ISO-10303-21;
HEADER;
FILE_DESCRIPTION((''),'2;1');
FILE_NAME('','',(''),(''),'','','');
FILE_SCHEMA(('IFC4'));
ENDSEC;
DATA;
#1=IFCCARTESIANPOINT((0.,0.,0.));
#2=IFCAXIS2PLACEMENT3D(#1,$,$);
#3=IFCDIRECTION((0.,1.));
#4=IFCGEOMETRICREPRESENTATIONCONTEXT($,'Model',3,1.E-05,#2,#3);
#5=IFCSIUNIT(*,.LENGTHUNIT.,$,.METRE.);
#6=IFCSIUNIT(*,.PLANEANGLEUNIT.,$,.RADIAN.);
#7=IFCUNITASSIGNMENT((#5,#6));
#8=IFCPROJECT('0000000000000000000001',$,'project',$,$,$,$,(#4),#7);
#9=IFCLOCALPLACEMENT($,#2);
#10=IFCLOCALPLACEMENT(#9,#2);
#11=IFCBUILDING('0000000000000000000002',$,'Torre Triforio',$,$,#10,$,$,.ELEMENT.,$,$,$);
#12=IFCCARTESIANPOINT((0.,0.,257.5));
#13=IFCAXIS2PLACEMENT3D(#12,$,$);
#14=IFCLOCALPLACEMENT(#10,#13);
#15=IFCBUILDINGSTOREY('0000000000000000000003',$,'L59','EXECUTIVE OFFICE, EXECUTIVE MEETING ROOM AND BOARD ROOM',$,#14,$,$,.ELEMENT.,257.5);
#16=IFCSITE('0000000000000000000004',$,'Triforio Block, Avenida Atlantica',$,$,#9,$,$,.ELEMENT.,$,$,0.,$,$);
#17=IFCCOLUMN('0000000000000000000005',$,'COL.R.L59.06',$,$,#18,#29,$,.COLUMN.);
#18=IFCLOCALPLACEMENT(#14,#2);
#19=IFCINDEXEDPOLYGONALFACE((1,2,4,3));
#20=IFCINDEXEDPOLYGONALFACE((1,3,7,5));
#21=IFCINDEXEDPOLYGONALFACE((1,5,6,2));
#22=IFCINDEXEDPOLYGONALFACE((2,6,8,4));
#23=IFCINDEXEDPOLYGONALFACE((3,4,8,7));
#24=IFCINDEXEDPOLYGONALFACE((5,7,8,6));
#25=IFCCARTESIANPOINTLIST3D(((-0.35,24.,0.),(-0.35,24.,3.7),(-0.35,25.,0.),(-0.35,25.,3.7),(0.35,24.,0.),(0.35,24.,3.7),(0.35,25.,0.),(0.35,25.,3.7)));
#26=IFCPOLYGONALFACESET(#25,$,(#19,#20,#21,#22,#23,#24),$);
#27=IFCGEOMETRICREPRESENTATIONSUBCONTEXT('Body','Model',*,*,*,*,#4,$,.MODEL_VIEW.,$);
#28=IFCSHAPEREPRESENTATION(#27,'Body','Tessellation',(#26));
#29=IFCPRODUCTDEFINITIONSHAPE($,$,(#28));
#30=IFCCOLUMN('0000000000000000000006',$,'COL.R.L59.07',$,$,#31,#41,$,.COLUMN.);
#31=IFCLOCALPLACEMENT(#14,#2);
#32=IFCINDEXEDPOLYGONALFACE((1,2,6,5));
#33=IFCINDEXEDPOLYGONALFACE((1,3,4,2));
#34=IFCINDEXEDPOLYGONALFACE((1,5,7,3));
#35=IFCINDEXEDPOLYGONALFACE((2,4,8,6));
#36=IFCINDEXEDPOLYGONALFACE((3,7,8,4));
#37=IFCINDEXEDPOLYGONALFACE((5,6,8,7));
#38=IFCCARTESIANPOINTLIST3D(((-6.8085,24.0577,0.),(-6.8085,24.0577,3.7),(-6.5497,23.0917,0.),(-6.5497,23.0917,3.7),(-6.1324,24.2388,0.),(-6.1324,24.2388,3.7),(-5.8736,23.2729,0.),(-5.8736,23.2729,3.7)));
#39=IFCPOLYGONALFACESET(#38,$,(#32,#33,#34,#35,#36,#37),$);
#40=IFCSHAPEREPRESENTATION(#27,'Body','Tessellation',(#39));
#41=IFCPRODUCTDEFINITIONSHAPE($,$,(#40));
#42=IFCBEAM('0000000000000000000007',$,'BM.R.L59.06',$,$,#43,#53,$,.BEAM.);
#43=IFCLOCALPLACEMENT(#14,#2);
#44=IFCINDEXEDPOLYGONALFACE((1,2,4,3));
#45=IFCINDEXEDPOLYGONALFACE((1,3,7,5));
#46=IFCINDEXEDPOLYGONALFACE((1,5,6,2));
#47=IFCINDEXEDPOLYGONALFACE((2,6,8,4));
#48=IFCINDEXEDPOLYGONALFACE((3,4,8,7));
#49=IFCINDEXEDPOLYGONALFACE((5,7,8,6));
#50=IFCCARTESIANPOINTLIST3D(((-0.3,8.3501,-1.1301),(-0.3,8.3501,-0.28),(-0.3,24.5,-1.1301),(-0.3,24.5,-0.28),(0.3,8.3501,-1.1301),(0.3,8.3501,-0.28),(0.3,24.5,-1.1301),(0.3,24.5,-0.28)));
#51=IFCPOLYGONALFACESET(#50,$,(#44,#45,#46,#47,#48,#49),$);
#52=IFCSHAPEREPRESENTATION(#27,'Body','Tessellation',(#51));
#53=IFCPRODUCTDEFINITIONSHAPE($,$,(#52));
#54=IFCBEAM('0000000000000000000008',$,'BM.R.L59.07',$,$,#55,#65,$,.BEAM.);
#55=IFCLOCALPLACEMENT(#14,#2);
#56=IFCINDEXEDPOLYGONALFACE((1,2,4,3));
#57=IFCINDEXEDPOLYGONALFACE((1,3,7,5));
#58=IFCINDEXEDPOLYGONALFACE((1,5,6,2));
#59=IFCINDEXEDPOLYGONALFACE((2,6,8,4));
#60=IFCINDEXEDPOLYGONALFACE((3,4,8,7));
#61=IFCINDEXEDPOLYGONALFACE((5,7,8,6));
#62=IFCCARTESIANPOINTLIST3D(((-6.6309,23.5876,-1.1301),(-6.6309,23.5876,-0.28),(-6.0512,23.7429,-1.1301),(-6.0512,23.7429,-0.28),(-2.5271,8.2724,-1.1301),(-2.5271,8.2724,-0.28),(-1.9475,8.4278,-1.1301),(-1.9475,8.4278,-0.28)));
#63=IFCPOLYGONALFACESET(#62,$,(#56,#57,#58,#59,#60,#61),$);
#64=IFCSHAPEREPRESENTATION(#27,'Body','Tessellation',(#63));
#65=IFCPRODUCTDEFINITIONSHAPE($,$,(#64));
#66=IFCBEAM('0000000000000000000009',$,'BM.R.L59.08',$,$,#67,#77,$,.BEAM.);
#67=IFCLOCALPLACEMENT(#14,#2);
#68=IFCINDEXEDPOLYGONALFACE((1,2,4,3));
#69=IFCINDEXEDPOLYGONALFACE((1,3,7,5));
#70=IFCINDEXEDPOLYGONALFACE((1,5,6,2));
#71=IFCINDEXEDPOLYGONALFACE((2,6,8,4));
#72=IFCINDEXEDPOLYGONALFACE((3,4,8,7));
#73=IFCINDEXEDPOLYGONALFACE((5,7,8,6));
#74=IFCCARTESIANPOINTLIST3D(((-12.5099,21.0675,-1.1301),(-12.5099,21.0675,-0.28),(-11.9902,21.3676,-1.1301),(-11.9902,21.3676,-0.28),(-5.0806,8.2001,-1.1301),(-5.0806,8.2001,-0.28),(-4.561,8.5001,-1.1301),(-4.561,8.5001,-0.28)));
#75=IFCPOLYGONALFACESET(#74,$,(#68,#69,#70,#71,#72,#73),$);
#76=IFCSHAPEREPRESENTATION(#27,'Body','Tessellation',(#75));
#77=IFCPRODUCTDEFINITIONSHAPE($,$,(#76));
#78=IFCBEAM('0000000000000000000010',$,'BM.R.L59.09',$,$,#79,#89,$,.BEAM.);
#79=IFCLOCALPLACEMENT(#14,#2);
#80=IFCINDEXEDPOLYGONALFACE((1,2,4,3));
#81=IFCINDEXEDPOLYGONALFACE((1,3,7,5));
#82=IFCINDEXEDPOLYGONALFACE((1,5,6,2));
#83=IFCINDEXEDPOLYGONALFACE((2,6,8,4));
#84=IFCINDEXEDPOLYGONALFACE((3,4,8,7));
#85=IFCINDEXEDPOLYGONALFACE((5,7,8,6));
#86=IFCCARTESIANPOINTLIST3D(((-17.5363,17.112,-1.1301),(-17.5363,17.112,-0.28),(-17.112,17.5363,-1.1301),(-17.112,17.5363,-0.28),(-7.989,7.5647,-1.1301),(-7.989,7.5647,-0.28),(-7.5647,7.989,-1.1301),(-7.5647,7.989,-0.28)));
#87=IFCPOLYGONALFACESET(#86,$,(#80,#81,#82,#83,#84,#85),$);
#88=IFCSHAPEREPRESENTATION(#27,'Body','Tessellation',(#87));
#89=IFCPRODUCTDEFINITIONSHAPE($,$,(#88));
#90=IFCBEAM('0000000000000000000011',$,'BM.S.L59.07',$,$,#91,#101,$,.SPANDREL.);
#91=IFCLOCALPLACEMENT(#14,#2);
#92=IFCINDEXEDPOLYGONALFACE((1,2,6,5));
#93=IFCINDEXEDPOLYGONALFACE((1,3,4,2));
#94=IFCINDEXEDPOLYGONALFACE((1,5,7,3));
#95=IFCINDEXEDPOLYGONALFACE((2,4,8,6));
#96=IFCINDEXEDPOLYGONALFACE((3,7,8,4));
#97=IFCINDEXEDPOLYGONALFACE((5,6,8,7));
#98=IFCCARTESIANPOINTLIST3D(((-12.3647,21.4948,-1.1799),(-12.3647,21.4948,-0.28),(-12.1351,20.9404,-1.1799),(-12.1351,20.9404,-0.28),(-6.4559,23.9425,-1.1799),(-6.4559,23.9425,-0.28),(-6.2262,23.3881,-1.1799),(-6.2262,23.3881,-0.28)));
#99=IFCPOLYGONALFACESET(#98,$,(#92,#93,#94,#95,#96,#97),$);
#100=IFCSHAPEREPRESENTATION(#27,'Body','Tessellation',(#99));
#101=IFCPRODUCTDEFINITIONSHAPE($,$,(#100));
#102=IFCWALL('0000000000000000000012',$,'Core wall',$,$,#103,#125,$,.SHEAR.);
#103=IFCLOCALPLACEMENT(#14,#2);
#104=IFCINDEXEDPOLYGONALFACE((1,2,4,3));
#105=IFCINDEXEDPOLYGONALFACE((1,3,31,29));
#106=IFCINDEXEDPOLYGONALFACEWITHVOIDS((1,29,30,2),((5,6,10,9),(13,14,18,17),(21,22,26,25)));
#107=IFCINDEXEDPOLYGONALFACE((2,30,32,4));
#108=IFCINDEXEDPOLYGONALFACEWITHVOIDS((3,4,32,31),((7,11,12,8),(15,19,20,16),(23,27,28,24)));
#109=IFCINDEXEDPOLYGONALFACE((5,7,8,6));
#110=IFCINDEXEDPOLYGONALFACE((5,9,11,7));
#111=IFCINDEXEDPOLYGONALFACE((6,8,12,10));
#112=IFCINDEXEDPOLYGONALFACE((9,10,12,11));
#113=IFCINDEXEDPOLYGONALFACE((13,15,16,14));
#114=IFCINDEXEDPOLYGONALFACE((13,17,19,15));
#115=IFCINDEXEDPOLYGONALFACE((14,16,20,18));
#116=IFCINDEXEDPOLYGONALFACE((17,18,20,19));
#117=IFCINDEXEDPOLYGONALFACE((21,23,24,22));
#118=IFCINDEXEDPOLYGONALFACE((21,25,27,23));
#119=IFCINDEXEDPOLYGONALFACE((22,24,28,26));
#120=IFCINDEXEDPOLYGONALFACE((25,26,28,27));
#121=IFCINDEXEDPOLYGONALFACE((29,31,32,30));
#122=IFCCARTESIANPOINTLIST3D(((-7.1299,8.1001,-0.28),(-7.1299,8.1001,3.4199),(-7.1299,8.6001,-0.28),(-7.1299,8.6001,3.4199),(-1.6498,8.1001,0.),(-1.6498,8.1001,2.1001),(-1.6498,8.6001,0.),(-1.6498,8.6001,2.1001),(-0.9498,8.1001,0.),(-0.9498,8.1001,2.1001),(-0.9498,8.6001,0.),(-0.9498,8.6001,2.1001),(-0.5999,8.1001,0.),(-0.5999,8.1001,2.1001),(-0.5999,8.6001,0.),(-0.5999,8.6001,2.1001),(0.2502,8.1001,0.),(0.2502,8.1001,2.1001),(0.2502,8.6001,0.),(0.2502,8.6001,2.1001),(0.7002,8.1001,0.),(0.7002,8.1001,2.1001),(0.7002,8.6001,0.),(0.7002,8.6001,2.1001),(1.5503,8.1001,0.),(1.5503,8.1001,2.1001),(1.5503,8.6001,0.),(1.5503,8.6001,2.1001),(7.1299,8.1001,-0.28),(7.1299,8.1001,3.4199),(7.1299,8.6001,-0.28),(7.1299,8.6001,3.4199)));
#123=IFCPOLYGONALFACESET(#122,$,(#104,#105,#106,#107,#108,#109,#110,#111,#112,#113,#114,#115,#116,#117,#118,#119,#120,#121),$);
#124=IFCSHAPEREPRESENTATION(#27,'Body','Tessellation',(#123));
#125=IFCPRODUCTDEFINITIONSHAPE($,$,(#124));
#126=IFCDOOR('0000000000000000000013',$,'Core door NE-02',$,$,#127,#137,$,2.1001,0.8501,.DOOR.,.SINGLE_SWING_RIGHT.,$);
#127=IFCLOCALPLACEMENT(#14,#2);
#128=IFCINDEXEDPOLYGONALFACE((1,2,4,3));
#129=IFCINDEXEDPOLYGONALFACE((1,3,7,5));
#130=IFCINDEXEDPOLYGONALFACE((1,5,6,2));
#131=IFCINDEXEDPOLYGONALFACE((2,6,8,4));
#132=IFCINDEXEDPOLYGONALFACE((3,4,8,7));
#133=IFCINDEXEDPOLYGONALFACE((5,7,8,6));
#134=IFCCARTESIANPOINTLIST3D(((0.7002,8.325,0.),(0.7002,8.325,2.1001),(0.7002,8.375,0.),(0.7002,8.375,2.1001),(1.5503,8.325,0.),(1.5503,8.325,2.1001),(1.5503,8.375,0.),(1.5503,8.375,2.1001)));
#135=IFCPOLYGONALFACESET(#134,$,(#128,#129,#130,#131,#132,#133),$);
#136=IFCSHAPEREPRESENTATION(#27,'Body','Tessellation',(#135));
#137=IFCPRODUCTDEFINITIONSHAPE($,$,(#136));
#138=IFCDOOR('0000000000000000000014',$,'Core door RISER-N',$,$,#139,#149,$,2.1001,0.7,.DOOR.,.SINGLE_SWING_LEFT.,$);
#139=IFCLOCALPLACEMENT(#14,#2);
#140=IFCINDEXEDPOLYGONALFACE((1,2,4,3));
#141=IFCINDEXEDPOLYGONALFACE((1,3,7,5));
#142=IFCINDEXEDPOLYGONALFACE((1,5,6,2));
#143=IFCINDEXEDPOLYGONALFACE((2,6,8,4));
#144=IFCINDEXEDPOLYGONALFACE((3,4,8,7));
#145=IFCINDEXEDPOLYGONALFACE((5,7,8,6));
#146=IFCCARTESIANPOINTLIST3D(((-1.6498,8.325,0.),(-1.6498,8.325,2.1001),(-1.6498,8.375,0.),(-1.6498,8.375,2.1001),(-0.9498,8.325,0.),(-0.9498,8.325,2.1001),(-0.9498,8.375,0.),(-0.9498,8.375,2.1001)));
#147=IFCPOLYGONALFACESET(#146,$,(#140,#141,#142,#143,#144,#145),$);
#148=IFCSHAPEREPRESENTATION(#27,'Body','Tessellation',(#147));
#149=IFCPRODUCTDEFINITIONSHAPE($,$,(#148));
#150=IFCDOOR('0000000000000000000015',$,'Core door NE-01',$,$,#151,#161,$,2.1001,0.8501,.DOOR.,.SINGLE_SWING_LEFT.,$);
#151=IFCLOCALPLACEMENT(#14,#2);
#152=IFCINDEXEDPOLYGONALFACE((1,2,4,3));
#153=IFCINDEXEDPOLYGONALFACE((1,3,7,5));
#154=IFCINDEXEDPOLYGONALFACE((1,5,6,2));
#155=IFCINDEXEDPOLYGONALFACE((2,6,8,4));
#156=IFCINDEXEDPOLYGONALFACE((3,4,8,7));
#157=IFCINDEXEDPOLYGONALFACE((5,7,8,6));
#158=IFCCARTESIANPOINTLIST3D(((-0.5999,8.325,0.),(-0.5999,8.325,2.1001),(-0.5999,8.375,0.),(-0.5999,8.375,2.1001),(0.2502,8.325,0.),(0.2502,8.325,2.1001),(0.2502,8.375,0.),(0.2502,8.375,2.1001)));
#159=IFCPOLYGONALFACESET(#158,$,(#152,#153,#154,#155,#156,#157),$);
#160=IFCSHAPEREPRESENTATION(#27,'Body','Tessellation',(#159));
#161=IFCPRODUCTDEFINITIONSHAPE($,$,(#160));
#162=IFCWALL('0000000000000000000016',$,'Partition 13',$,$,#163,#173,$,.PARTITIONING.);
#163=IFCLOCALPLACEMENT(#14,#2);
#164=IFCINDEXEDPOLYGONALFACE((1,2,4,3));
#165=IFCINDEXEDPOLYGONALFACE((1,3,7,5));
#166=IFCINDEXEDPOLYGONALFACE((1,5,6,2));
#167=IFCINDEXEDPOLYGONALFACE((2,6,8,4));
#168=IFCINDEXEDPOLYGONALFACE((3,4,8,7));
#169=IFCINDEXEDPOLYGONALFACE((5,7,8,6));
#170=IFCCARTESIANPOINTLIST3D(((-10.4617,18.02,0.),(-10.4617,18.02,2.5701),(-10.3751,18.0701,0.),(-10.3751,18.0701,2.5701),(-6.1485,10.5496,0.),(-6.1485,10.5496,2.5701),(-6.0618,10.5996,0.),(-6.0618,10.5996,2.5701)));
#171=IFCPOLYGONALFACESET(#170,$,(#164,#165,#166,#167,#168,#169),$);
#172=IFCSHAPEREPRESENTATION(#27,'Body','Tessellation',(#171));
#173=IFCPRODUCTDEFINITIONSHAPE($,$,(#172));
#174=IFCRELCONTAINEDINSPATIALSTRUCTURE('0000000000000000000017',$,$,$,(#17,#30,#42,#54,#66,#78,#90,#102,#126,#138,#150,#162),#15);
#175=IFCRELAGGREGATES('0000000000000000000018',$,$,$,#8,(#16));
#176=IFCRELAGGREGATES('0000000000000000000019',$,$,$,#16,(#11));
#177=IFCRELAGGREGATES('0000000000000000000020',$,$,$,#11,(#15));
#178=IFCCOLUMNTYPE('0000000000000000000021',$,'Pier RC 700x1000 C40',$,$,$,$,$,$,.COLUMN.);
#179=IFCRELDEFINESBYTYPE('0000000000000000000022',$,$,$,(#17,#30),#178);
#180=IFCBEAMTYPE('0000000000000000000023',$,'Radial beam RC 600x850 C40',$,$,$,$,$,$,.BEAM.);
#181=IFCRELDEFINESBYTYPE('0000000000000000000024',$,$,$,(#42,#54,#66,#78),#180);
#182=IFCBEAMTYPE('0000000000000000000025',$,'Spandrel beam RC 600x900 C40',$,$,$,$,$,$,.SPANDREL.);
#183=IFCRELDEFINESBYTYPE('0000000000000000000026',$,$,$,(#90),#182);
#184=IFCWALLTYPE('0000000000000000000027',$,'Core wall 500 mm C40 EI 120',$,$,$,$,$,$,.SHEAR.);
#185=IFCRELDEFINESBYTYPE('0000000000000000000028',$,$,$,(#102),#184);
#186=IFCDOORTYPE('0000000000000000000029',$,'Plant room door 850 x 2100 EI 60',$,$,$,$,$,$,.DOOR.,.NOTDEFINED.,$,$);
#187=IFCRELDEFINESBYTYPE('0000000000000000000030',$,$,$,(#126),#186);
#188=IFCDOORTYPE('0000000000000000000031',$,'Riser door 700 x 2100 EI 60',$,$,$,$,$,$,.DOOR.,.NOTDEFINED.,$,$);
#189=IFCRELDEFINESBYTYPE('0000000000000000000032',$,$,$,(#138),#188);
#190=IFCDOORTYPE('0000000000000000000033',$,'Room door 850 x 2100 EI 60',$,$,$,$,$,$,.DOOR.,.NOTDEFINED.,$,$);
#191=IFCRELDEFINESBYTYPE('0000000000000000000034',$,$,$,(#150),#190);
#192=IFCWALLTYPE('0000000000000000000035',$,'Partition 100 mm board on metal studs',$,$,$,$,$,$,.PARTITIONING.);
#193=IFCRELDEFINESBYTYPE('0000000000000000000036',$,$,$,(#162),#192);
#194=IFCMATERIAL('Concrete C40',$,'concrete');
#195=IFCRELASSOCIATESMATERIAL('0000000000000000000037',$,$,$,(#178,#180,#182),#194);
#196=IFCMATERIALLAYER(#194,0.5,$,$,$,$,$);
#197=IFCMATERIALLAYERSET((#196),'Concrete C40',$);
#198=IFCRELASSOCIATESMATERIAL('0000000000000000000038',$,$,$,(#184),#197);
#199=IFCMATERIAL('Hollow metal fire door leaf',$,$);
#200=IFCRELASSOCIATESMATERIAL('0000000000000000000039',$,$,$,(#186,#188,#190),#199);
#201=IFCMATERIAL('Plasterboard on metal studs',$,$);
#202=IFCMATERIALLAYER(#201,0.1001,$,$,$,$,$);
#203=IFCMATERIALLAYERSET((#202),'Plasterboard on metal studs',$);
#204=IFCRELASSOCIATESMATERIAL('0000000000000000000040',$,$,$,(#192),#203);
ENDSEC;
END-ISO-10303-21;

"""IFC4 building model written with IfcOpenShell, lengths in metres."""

from ifc_helpers import new_model, si_unit, direction, frame, frame_2d, origin, origin_2d, place, context, subcontext, project, spatial, rectangle, extrude, material, layer, layer_set, material_profile, profile_set, type_object, element, fill, save


model = new_model("IFC4")

# Units and contexts
model_context = context("Model", 3, precision=1e-05, world=origin(), true_north=direction((0.0, 1.0)))
body_context = subcontext(model_context, "Body", "Model", "MODEL_VIEW")
ifc_project = project(units=[si_unit("LENGTHUNIT", "METRE"), si_unit("PLANEANGLEUNIT", "RADIAN")], contexts=[model_context])

# Site, building, storey
site_placement = place(None, origin())
site = spatial("IfcSite", under=ifc_project, at=site_placement, Name="Triforio Block, Avenida Atlantica", CompositionType="ELEMENT", RefElevation=0.0)
building_placement = place(site_placement, origin())
building = spatial("IfcBuilding", under=site, at=building_placement, Name="Torre Triforio", CompositionType="ELEMENT")
storey_placement = place(building_placement, frame((0.0, 0.0, 257.5)))
storey = spatial("IfcBuildingStorey", under=building, at=storey_placement, Name="L59", Description="EXECUTIVE OFFICE, EXECUTIVE MEETING ROOM AND BOARD ROOM", CompositionType="ELEMENT", Elevation=257.5)

# Columns
ifc_material_1 = material(Name="Concrete C40", Category="concrete")
ifc_material_profile_1 = material_profile(ifc_material_1, rectangle(XDim=0.7, YDim=1.0, at=origin_2d()), Name="RC 700x1000")
ifc_profile_set_1 = profile_set([ifc_material_profile_1], Name="Concrete C40")
column_type = type_object("IfcColumnType", Name="Pier RC 700x1000 C40", PredefinedType="COLUMN", material=ifc_profile_set_1)
for number, where, z_axis, x_axis, name in (
    (1, (0.0, 24.5, 0.0), (0.0, 0.0, 1.0), (-1.0, 0.0, 0.0), "COL.R.L59.06"),
    (2, (-6.3411, 23.6653, 0.0), (0.0, 0.0, 1.0), (-0.965926, -0.258819, 0.0), "COL.R.L59.07"),
):
    element("IfcColumn", number, at=place(storey_placement, frame(where, z_axis=z_axis, x_axis=x_axis)), inside=storey, type_object=column_type, Name=name, PredefinedType="COLUMN", context=body_context, shape_type="SweptSolid", body=[
        extrude(rectangle(XDim=0.7, YDim=1.0, at=origin_2d()), origin(), (0.0, 0.0, 1.0), 3.7),
    ])

# Beams
ifc_material_profile_2 = material_profile(ifc_material_1, rectangle(XDim=0.6001, YDim=0.8501, at=origin_2d()), Name="RC 600x850")
ifc_profile_set_2 = profile_set([ifc_material_profile_2], Name="Concrete C40")
beam_type_1 = type_object("IfcBeamType", Name="Radial beam RC 600x850 C40", PredefinedType="BEAM", material=ifc_profile_set_2)
beam_1_placement = place(storey_placement, frame((0.0, 8.3501, -0.7051), z_axis=(0.0, 1.0, 0.0), x_axis=(-1.0, 0.0, 0.0)))
element("IfcBeam", 3, at=beam_1_placement, inside=storey, type_object=beam_type_1, Name="BM.R.L59.06", PredefinedType="BEAM", context=body_context, shape_type="SweptSolid", body=[
    extrude(rectangle(XDim=0.6001, YDim=0.8501, at=origin_2d()), origin(), (0.0, 0.0, 1.0), 16.1499),
])
beam_2_placement = place(storey_placement, frame((-2.2373, 8.3501, -0.7051), z_axis=(-0.258823, 0.965925, 0.0), x_axis=(-0.965925, -0.258823, 0.0)))
element("IfcBeam", 4, at=beam_2_placement, inside=storey, type_object=beam_type_1, Name="BM.R.L59.07", PredefinedType="BEAM", context=body_context, shape_type="SweptSolid", body=[
    extrude(rectangle(XDim=0.6001, YDim=0.8501, at=origin_2d()), origin(), (0.0, 0.0, 1.0), 15.8555),
])
beam_3_placement = place(storey_placement, frame((-4.8208, 8.3501, -0.7051), z_axis=(-0.500009, 0.86602, 0.0), x_axis=(-0.86602, -0.500009, 0.0)))
element("IfcBeam", 5, at=beam_3_placement, inside=storey, type_object=beam_type_1, Name="BM.R.L59.08", PredefinedType="BEAM", context=body_context, shape_type="SweptSolid", body=[
    extrude(rectangle(XDim=0.6001, YDim=0.8501, at=origin_2d()), origin(), (0.0, 0.0, 1.0), 14.8582),
])
beam_4_placement = place(storey_placement, frame((-7.7769, 7.7769, -0.7051), z_axis=(-0.707107, 0.707107, 0.0), x_axis=(-0.707107, -0.707107, 0.0)))
element("IfcBeam", 6, at=beam_4_placement, inside=storey, type_object=beam_type_1, Name="BM.R.L59.09", PredefinedType="BEAM", context=body_context, shape_type="SweptSolid", body=[
    extrude(rectangle(XDim=0.6001, YDim=0.8501, at=origin_2d()), origin(), (0.0, 0.0, 1.0), 13.502),
])
ifc_material_profile_3 = material_profile(ifc_material_1, rectangle(XDim=0.6001, YDim=0.8999, at=origin_2d()), Name="RC 600x900")
ifc_profile_set_3 = profile_set([ifc_material_profile_3], Name="Concrete C40")
beam_type_2 = type_object("IfcBeamType", Name="Spandrel beam RC 600x900 C40", PredefinedType="SPANDREL", material=ifc_profile_set_3)
beam_5_placement = place(storey_placement, frame((-6.3411, 23.6653, -0.73), z_axis=(-0.923869, -0.382709, 0.0), x_axis=(0.382709, -0.923869, 0.0)))
element("IfcBeam", 7, at=beam_5_placement, inside=storey, type_object=beam_type_2, Name="BM.S.L59.07", PredefinedType="SPANDREL", context=body_context, shape_type="SweptSolid", body=[
    extrude(rectangle(XDim=0.6001, YDim=0.8999, at=origin_2d()), origin(), (0.0, 0.0, 1.0), 6.3958),
])

# Wall, openings, doors
ifc_layer_1 = layer(ifc_material_1, 0.5)
ifc_layer_set_1 = layer_set([ifc_layer_1], Name="Concrete C40")
wall_type_1 = type_object("IfcWallType", Name="Core wall 500 mm C40 EI 120", PredefinedType="SHEAR", material=ifc_layer_set_1)
wall_1_placement = place(storey_placement, frame((-7.1299, 8.3501, -0.28), z_axis=(0.0, 0.0, 1.0), x_axis=(1.0, 0.0, 0.0)))
wall_1 = element("IfcWall", 8, at=wall_1_placement, inside=storey, type_object=wall_type_1, Name="Core wall", PredefinedType="SHEAR", context=body_context, shape_type="SweptSolid", body=[
    extrude(rectangle(XDim=14.2598, YDim=0.5, at=frame_2d((7.1299, 0.0))), origin(), (0.0, 0.0, 1.0), 3.7),
])
opening_1_placement = place(wall_1_placement, frame((5.48, 0.0, 0.28)))
opening_1 = element("IfcOpeningElement", 9, at=opening_1_placement, cuts=wall_1, PredefinedType="OPENING", context=body_context, shape_type="SweptSolid", body=[
    extrude(rectangle(XDim=0.7, YDim=2.1001, at=frame_2d((0.3501, 1.05))), frame((0.0, 0.26, 0.0), z_axis=(0.0, -1.0, 0.0), x_axis=(1.0, 0.0, 0.0)), (0.0, 0.0, 1.0), 0.52),
])
opening_2_placement = place(wall_1_placement, frame((6.53, 0.0, 0.28)))
opening_2 = element("IfcOpeningElement", 10, at=opening_2_placement, cuts=wall_1, PredefinedType="OPENING", context=body_context, shape_type="SweptSolid", body=[
    extrude(rectangle(XDim=0.8501, YDim=2.1001, at=frame_2d((0.425, 1.05))), frame((0.0, 0.26, 0.0), z_axis=(0.0, -1.0, 0.0), x_axis=(1.0, 0.0, 0.0)), (0.0, 0.0, 1.0), 0.52),
])
opening_3_placement = place(wall_1_placement, frame((7.8301, 0.0, 0.28)))
opening_3 = element("IfcOpeningElement", 11, at=opening_3_placement, cuts=wall_1, PredefinedType="OPENING", context=body_context, shape_type="SweptSolid", body=[
    extrude(rectangle(XDim=0.8501, YDim=2.1001, at=frame_2d((0.425, 1.05))), frame((0.0, 0.26, 0.0), z_axis=(0.0, -1.0, 0.0), x_axis=(1.0, 0.0, 0.0)), (0.0, 0.0, 1.0), 0.52),
])
ifc_material_2 = material(Name="Hollow metal fire door leaf")
door_type_1 = type_object("IfcDoorType", Name="Plant room door 850 x 2100 EI 60", OperationType="NOTDEFINED", PredefinedType="DOOR", material=ifc_material_2)
door_1_placement = place(opening_3_placement, origin())
door_1 = element("IfcDoor", 12, at=door_1_placement, inside=storey, type_object=door_type_1, Name="Core door NE-02", OperationType="SINGLE_SWING_RIGHT", OverallHeight=2.1001, OverallWidth=0.8501, PredefinedType="DOOR", context=body_context, shape_type="SweptSolid", body=[
    extrude(rectangle(XDim=0.8501, YDim=2.1001, at=frame_2d((0.425, 1.05))), frame((0.0, 0.0249, 0.0), z_axis=(0.0, -1.0, 0.0), x_axis=(1.0, 0.0, 0.0)), (0.0, 0.0, 1.0), 0.05),
])
fill(opening_3, door_1)
door_type_2 = type_object("IfcDoorType", Name="Riser door 700 x 2100 EI 60", OperationType="NOTDEFINED", PredefinedType="DOOR", material=ifc_material_2)
door_2_placement = place(opening_1_placement, origin())
door_2 = element("IfcDoor", 13, at=door_2_placement, inside=storey, type_object=door_type_2, Name="Core door RISER-N", OperationType="SINGLE_SWING_LEFT", OverallHeight=2.1001, OverallWidth=0.7, PredefinedType="DOOR", context=body_context, shape_type="SweptSolid", body=[
    extrude(rectangle(XDim=0.7, YDim=2.1001, at=frame_2d((0.3501, 1.05))), frame((0.0, 0.0249, 0.0), z_axis=(0.0, -1.0, 0.0), x_axis=(1.0, 0.0, 0.0)), (0.0, 0.0, 1.0), 0.05),
])
fill(opening_1, door_2)
door_type_3 = type_object("IfcDoorType", Name="Room door 850 x 2100 EI 60", OperationType="NOTDEFINED", PredefinedType="DOOR", material=ifc_material_2)
door_3_placement = place(opening_2_placement, origin())
door_3 = element("IfcDoor", 14, at=door_3_placement, inside=storey, type_object=door_type_3, Name="Core door NE-01", OperationType="SINGLE_SWING_LEFT", OverallHeight=2.1001, OverallWidth=0.8501, PredefinedType="DOOR", context=body_context, shape_type="SweptSolid", body=[
    extrude(rectangle(XDim=0.8501, YDim=2.1001, at=frame_2d((0.425, 1.05))), frame((0.0, 0.0249, 0.0), z_axis=(0.0, -1.0, 0.0), x_axis=(1.0, 0.0, 0.0)), (0.0, 0.0, 1.0), 0.05),
])
fill(opening_2, door_3)

# Wall
ifc_material_3 = material(Name="Plasterboard on metal studs")
ifc_layer_2 = layer(ifc_material_3, 0.1001)
ifc_layer_set_2 = layer_set([ifc_layer_2], Name="Plasterboard on metal studs")
wall_type_2 = type_object("IfcWallType", Name="Partition 100 mm board on metal studs", PredefinedType="PARTITIONING", material=ifc_layer_set_2)
wall_2_placement = place(storey_placement, frame((-6.1052, 10.5747, 0.0), z_axis=(0.0, 0.0, 1.0), x_axis=(-0.500014, 0.866017, 0.0)))
element("IfcWall", 15, at=wall_2_placement, inside=storey, type_object=wall_type_2, Name="Partition 13", PredefinedType="PARTITIONING", context=body_context, shape_type="SweptSolid", body=[
    extrude(rectangle(XDim=8.6262, YDim=0.1001, at=frame_2d((4.313, 0.0))), origin(), (0.0, 0.0, 1.0), 2.5701),
])

save(model, "model.ifc")
